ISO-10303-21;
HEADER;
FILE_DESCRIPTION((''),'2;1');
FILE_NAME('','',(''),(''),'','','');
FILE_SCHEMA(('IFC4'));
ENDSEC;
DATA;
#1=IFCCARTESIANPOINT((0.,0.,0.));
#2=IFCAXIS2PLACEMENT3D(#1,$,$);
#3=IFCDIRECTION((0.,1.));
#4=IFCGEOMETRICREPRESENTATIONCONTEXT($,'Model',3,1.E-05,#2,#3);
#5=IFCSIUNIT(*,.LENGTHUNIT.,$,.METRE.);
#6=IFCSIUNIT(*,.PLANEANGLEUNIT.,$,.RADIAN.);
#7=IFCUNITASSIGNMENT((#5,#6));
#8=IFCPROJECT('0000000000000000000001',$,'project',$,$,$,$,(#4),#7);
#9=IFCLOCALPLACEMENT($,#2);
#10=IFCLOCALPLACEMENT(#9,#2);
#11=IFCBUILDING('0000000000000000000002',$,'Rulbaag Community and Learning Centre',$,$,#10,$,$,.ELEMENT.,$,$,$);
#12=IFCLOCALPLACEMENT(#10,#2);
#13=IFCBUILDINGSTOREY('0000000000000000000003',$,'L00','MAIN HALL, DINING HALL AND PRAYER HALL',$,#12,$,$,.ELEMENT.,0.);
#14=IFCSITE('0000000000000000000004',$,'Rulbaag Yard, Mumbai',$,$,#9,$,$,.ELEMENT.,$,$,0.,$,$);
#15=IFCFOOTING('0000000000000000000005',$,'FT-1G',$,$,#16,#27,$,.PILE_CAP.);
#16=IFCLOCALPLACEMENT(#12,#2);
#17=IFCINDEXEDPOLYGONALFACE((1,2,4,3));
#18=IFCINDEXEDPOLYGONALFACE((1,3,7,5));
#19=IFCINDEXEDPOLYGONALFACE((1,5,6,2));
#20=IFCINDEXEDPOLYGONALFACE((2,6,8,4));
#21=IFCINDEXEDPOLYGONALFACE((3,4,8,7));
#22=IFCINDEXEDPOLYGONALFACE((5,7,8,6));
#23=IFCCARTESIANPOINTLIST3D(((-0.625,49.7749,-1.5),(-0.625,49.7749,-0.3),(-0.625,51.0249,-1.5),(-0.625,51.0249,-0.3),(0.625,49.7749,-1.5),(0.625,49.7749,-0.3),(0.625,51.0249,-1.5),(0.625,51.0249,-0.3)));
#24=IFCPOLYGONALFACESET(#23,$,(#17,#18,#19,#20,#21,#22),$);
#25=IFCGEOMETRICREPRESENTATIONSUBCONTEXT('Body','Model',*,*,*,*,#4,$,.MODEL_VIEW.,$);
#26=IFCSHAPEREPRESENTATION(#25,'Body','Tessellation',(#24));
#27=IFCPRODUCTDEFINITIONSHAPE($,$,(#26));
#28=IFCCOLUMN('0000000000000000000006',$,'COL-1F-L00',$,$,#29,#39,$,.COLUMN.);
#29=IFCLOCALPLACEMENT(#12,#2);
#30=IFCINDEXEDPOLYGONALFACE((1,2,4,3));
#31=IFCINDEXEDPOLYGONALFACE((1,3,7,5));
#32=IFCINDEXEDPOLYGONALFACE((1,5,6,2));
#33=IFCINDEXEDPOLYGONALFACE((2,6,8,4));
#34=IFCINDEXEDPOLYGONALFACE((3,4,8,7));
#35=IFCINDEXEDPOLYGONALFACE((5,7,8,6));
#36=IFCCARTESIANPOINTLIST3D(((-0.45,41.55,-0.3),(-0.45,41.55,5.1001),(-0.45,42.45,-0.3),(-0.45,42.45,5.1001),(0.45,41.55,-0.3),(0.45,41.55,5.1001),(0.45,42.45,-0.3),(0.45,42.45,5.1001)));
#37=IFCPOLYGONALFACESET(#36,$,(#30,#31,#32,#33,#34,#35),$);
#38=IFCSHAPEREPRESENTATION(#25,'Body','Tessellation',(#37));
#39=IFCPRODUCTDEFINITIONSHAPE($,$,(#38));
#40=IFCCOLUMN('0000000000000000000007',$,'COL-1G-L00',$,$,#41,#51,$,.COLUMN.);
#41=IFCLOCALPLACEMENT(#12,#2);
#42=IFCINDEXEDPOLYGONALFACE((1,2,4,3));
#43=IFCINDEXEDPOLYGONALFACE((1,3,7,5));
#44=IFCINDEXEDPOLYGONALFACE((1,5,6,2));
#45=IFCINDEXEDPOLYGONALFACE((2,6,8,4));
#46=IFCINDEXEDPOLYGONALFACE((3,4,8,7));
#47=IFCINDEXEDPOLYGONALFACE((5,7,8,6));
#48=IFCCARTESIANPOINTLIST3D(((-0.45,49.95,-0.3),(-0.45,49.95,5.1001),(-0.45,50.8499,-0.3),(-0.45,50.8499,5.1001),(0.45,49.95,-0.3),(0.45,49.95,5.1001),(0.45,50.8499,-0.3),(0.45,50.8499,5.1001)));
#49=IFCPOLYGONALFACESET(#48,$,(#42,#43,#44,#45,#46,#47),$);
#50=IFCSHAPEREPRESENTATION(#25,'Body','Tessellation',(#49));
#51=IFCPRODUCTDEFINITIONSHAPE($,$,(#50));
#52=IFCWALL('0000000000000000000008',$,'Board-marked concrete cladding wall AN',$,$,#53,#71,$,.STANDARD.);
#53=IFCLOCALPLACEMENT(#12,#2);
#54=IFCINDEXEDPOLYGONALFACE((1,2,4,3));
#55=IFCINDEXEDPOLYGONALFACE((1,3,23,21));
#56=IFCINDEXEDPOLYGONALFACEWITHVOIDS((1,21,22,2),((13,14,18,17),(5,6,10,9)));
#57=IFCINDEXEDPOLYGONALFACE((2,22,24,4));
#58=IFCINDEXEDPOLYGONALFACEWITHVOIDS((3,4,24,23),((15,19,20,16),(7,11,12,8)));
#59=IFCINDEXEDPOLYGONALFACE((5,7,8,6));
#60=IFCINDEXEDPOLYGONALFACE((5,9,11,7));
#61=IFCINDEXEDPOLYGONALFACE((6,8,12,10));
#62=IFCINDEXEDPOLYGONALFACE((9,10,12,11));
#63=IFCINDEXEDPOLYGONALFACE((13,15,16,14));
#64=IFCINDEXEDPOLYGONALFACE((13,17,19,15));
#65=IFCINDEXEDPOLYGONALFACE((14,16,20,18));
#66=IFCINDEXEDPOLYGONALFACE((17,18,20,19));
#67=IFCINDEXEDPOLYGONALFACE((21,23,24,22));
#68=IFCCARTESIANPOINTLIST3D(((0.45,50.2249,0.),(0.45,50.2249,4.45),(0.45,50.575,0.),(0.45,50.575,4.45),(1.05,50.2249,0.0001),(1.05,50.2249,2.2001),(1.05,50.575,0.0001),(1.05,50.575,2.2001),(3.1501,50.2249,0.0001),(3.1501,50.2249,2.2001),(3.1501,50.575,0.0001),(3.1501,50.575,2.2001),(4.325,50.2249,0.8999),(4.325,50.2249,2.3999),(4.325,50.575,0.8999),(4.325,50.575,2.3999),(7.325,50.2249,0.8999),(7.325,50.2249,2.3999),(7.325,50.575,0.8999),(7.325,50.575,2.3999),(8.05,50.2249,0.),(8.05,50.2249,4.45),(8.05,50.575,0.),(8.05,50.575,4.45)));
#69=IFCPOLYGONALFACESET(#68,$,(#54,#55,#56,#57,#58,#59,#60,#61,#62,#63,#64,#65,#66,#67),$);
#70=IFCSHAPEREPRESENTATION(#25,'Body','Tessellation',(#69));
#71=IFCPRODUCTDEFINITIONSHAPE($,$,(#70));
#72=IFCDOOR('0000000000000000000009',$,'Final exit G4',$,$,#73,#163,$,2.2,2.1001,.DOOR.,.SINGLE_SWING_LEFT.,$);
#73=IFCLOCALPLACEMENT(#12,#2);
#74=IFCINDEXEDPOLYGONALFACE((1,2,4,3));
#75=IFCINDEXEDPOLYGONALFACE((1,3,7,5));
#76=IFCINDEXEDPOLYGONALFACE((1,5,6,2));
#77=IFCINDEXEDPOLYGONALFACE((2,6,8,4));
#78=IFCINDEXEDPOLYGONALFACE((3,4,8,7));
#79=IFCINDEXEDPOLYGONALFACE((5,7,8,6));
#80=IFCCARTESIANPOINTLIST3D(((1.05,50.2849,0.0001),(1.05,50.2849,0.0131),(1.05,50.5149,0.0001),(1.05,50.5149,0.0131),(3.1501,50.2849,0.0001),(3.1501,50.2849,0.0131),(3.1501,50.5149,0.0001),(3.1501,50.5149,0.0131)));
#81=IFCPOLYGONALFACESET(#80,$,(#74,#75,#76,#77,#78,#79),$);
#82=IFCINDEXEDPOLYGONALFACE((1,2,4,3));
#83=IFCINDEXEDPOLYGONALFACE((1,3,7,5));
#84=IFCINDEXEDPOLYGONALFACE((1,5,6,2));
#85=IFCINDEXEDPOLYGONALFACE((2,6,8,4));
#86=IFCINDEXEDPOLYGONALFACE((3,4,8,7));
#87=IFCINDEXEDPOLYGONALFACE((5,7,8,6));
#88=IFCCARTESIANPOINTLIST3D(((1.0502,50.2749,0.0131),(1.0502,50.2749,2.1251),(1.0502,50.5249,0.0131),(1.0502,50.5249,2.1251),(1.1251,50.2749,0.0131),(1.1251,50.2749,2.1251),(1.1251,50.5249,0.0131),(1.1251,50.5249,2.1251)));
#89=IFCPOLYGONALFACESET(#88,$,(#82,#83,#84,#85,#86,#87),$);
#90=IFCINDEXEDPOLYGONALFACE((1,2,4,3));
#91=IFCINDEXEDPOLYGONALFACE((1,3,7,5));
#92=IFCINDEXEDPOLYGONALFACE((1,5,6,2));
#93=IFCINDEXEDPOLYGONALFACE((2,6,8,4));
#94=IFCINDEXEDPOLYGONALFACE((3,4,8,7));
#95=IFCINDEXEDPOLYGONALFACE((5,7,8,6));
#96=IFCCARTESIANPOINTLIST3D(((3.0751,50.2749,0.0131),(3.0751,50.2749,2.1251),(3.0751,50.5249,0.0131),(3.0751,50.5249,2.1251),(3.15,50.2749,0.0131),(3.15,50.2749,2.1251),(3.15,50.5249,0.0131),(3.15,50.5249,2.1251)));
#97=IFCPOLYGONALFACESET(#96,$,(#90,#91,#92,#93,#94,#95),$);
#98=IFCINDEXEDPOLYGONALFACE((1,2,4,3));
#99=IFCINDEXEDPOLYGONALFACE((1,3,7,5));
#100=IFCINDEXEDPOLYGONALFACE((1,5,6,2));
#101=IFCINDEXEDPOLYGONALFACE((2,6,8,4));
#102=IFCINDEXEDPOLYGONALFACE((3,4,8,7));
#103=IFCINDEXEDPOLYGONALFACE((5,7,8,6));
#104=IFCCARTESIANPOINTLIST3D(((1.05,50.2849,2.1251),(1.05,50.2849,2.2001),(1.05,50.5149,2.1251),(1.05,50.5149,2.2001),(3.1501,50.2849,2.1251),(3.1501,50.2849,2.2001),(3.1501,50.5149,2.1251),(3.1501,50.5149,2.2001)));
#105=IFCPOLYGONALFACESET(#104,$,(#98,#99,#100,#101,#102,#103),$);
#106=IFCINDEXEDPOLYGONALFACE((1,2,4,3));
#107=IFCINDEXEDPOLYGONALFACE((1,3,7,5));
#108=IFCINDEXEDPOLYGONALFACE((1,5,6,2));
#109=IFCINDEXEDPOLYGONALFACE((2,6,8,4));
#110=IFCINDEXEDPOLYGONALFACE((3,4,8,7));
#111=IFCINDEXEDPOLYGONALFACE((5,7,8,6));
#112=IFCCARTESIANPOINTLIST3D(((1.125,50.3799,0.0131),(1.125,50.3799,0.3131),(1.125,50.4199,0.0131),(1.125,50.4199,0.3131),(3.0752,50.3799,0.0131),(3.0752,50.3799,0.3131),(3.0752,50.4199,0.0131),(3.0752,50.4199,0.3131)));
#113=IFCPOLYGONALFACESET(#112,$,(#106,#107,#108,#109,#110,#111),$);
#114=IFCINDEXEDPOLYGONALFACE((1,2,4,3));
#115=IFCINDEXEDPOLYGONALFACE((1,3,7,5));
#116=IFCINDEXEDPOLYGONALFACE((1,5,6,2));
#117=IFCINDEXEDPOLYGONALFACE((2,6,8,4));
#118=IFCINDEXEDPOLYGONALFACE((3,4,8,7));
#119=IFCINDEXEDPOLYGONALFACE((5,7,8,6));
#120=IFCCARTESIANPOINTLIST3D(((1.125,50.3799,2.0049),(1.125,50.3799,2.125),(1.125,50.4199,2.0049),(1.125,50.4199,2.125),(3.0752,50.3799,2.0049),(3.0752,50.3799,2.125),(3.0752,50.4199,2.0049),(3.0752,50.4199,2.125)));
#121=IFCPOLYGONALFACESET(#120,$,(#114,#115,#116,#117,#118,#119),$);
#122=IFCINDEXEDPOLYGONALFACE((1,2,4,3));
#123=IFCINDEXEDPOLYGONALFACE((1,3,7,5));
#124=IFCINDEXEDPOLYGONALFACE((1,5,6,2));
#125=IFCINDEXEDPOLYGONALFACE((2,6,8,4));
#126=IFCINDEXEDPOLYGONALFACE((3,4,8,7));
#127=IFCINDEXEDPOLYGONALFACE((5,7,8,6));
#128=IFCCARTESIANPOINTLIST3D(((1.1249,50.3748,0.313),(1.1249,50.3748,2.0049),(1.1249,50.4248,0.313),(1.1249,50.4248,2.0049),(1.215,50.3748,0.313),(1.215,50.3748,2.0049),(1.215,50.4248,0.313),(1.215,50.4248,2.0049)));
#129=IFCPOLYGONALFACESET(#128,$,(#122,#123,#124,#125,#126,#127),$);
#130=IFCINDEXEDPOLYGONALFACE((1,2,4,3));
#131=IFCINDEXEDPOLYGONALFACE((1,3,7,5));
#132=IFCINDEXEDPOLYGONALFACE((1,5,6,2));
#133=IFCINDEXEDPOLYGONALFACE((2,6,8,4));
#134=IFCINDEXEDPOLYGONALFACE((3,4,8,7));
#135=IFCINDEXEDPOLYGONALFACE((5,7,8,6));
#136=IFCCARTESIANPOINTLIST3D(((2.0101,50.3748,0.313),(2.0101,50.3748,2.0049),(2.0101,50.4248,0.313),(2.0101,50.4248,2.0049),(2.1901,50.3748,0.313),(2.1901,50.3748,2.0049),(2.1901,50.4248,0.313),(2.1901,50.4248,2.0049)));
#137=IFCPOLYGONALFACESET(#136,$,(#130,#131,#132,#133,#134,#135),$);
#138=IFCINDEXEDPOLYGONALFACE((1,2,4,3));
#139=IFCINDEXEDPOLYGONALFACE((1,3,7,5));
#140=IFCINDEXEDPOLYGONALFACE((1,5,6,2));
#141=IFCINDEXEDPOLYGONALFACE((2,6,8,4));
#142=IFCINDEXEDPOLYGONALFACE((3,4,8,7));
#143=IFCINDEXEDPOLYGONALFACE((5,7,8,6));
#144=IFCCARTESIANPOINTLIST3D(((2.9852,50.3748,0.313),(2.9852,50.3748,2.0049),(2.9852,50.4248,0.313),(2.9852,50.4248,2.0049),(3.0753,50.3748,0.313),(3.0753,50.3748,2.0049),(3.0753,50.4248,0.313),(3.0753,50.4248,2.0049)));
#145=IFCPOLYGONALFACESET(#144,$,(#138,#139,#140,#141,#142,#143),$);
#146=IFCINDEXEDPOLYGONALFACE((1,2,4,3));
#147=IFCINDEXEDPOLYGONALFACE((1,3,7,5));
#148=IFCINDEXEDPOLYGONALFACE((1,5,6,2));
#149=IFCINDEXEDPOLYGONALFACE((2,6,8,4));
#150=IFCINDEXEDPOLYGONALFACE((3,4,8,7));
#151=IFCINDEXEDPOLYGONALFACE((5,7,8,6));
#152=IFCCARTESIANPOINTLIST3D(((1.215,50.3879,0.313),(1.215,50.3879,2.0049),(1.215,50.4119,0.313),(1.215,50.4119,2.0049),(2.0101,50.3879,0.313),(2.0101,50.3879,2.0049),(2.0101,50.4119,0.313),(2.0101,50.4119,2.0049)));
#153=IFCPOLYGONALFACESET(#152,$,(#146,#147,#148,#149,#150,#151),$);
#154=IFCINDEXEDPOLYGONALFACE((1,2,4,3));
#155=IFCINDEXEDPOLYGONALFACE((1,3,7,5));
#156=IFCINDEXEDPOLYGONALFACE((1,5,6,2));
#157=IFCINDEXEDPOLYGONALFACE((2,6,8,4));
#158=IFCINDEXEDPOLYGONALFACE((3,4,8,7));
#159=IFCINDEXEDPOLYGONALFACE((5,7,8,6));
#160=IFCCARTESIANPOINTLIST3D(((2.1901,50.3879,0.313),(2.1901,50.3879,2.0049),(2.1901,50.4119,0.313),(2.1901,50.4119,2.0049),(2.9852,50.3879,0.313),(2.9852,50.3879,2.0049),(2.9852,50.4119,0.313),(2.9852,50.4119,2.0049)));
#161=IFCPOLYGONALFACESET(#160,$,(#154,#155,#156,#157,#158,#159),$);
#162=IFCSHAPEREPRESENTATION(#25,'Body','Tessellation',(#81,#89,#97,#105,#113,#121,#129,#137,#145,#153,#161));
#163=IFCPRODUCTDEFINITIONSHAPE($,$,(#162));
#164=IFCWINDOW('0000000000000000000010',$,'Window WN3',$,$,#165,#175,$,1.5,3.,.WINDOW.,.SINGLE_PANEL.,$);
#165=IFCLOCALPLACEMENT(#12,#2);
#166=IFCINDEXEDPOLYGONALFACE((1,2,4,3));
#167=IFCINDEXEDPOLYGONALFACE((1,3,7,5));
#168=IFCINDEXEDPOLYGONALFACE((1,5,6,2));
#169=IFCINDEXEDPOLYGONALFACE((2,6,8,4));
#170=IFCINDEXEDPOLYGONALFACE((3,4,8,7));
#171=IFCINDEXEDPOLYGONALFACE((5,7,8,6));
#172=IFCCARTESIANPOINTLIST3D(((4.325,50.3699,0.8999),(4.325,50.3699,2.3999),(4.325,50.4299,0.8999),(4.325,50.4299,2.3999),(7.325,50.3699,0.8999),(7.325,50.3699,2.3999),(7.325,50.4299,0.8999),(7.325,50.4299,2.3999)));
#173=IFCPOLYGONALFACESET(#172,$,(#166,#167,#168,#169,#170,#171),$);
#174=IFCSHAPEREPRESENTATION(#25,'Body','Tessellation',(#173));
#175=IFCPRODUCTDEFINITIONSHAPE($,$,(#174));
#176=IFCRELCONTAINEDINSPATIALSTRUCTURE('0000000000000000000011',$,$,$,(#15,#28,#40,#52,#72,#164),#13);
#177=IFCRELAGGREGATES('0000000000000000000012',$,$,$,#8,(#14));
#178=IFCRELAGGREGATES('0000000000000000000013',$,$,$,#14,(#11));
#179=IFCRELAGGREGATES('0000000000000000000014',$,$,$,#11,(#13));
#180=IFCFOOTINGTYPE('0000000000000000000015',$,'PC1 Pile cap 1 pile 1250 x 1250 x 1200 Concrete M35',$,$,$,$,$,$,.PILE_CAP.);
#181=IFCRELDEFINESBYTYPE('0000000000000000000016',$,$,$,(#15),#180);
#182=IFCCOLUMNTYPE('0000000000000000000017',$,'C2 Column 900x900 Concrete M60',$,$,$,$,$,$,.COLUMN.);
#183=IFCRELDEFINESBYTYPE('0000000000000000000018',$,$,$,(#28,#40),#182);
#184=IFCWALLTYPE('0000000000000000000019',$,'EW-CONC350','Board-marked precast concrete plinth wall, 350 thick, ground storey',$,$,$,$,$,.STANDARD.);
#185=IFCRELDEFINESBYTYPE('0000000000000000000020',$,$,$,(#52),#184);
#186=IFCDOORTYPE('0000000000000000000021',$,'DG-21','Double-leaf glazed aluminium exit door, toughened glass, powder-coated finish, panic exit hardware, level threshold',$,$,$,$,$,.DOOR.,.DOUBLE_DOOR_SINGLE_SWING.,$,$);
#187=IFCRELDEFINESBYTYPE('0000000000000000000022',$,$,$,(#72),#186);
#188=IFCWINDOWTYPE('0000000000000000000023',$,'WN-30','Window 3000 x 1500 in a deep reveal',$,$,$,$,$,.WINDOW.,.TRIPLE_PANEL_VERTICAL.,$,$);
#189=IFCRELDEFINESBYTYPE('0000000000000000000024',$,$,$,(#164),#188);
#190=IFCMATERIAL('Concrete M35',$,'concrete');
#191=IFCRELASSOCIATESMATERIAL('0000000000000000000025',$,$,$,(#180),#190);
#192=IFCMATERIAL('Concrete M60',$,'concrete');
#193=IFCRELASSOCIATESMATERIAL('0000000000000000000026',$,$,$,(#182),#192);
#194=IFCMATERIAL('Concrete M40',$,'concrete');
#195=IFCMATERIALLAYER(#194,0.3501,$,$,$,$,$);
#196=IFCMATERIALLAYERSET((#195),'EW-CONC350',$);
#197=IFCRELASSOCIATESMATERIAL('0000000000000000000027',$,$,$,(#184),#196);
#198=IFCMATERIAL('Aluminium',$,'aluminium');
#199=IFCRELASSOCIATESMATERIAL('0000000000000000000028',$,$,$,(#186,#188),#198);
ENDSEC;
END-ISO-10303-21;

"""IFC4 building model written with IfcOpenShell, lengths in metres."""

from ifc_helpers import new_model, si_unit, direction, frame, frame_2d, origin, origin_2d, place, context, subcontext, project, spatial, rectangle, extrude, material, layer, layer_set, material_profile, profile_set, type_object, element, fill, save


model = new_model("IFC4")

# Units and contexts
model_context = context("Model", 3, precision=1e-05, world=origin(), true_north=direction((0.0, 1.0)))
body_context = subcontext(model_context, "Body", "Model", "MODEL_VIEW")
ifc_project = project(units=[si_unit("LENGTHUNIT", "METRE"), si_unit("PLANEANGLEUNIT", "RADIAN")], contexts=[model_context])

# Site, building, storey
site_placement = place(None, origin())
site = spatial("IfcSite", under=ifc_project, at=site_placement, Name="Rulbaag Yard, Mumbai", CompositionType="ELEMENT", RefElevation=0.0)
building_placement = place(site_placement, origin())
building = spatial("IfcBuilding", under=site, at=building_placement, Name="Rulbaag Community and Learning Centre", CompositionType="ELEMENT")
storey_placement = place(building_placement, origin())
storey = spatial("IfcBuildingStorey", under=building, at=storey_placement, Name="L00", Description="MAIN HALL, DINING HALL AND PRAYER HALL", CompositionType="ELEMENT", Elevation=0.0)

# Shared definitions
ifc_material_1 = material(Name="Concrete M35", Category="concrete")

# Footing
footing_type_1 = type_object("IfcFootingType", Name="PC1 Pile cap 1 pile 1250 x 1250 x 1200 Concrete M35", PredefinedType="PILE_CAP", material=ifc_material_1)
for number, where, z_axis, x_axis, name in (
    (1, (0.0, 50.3999, -1.5), (0.0, 0.0, 1.0), (1.0, 0.0, 0.0), "FT-1G"),
):
    element("IfcFooting", number, at=place(storey_placement, frame(where, z_axis=z_axis, x_axis=x_axis)), inside=storey, type_object=footing_type_1, Name=name, PredefinedType="PILE_CAP", context=body_context, shape_type="SweptSolid", body=[
        extrude(rectangle(XDim=1.25, YDim=1.25, at=origin_2d()), origin(), (0.0, 0.0, 1.0), 1.2),
    ])

# Columns
ifc_material_2 = material(Name="Concrete M60", Category="concrete")
ifc_material_profile_1 = material_profile(ifc_material_2, rectangle(XDim=0.8999, YDim=0.8999, at=origin_2d()), Name="RC900x900")
ifc_profile_set_1 = profile_set([ifc_material_profile_1], Name="Concrete M60")
column_type = type_object("IfcColumnType", Name="C2 Column 900x900 Concrete M60", PredefinedType="COLUMN", material=ifc_profile_set_1)
for number, where, z_axis, x_axis, name in (
    (2, (0.0, 42.0, -0.3), (0.0, 0.0, 1.0), (1.0, 0.0, 0.0), "COL-1F-L00"),
    (3, (0.0, 50.3999, -0.3), (0.0, 0.0, 1.0), (1.0, 0.0, 0.0), "COL-1G-L00"),
):
    element("IfcColumn", number, at=place(storey_placement, frame(where, z_axis=z_axis, x_axis=x_axis)), inside=storey, type_object=column_type, Name=name, PredefinedType="COLUMN", context=body_context, shape_type="SweptSolid", body=[
        extrude(rectangle(XDim=0.8999, YDim=0.8999, at=origin_2d()), origin(), (0.0, 0.0, 1.0), 5.4001),
    ])

# Wall, openings, door, window
ifc_material_3 = material(Name="Concrete M40", Category="concrete")
ifc_layer_1 = layer(ifc_material_3, 0.3501)
ifc_layer_set_1 = layer_set([ifc_layer_1], Name="EW-CONC350")
wall_type_1 = type_object("IfcWallType", Name="EW-CONC350", Description="Board-marked precast concrete plinth wall, 350 thick, ground storey", PredefinedType="STANDARD", material=ifc_layer_set_1)
wall_1_placement = place(storey_placement, frame((0.45, 50.3999, 0.0), z_axis=(0.0, 0.0, 1.0), x_axis=(1.0, 0.0, 0.0)))
wall_1 = element("IfcWall", 4, at=wall_1_placement, inside=storey, type_object=wall_type_1, Name="Board-marked concrete cladding wall AN", PredefinedType="STANDARD", context=body_context, shape_type="SweptSolid", body=[
    extrude(rectangle(XDim=7.6001, YDim=0.3501, at=frame_2d((3.8, 0.0))), origin(), (0.0, 0.0, 1.0), 4.45),
])
opening_1_placement = place(wall_1_placement, frame((0.6001, 0.0, 0.0)))
opening_1 = element("IfcOpeningElement", 5, at=opening_1_placement, cuts=wall_1, PredefinedType="OPENING", context=body_context, shape_type="SweptSolid", body=[
    extrude(rectangle(XDim=2.1001, YDim=2.2, at=frame_2d((1.05, 1.1001))), frame((0.0, 0.1851, 0.0), z_axis=(0.0, -1.0, 0.0), x_axis=(1.0, 0.0, 0.0)), (0.0, 0.0, 1.0), 0.3701),
])
opening_2_placement = place(wall_1_placement, frame((3.875, 0.0, 0.8999)))
opening_2 = element("IfcOpeningElement", 6, at=opening_2_placement, cuts=wall_1, PredefinedType="OPENING", context=body_context, shape_type="SweptSolid", body=[
    extrude(rectangle(XDim=3.0, YDim=1.5, at=frame_2d((1.5, 0.75))), frame((0.0, 0.1851, 0.0), z_axis=(0.0, -1.0, 0.0), x_axis=(1.0, 0.0, 0.0)), (0.0, 0.0, 1.0), 0.3701),
])
ifc_material_4 = material(Name="Aluminium", Category="aluminium")
door_type_1 = type_object("IfcDoorType", Name="DG-21", Description="Double-leaf glazed aluminium exit door, toughened glass, powder-coated finish, panic exit hardware, level threshold", OperationType="DOUBLE_DOOR_SINGLE_SWING", PredefinedType="DOOR", material=ifc_material_4)
door_1_placement = place(opening_1_placement, origin())
door_1 = element("IfcDoor", 7, at=door_1_placement, inside=storey, type_object=door_type_1, Name="Final exit G4", OperationType="SINGLE_SWING_LEFT", OverallHeight=2.2, OverallWidth=2.1001, PredefinedType="DOOR", context=body_context, shape_type="SweptSolid", body=[
    extrude(rectangle(XDim=2.1001, YDim=0.0129, at=frame_2d((1.05, 0.0066))), frame((0.0, 0.115, 0.0), z_axis=(0.0, -1.0, 0.0), x_axis=(1.0, 0.0, 0.0)), (0.0, 0.0, 1.0), 0.23),
    extrude(rectangle(XDim=0.075, YDim=2.1121, at=frame_2d((0.0376, 1.0691))), frame((0.0, 0.125, 0.0), z_axis=(0.0, -1.0, 0.0), x_axis=(1.0, 0.0, 0.0)), (0.0, 0.0, 1.0), 0.25),
    extrude(rectangle(XDim=0.075, YDim=2.1121, at=frame_2d((2.0625, 1.0691))), frame((0.0, 0.125, 0.0), z_axis=(0.0, -1.0, 0.0), x_axis=(1.0, 0.0, 0.0)), (0.0, 0.0, 1.0), 0.25),
    extrude(rectangle(XDim=2.1001, YDim=0.075, at=frame_2d((1.05, 2.1626))), frame((0.0, 0.115, 0.0), z_axis=(0.0, -1.0, 0.0), x_axis=(1.0, 0.0, 0.0)), (0.0, 0.0, 1.0), 0.23),
    extrude(rectangle(XDim=1.9502, YDim=0.3, at=frame_2d((1.05, 0.1631))), frame((0.0, 0.02, 0.0), z_axis=(0.0, -1.0, 0.0), x_axis=(1.0, 0.0, 0.0)), (0.0, 0.0, 1.0), 0.04),
    extrude(rectangle(XDim=1.9502, YDim=0.1201, at=frame_2d((1.05, 2.0649))), frame((0.0, 0.02, 0.0), z_axis=(0.0, -1.0, 0.0), x_axis=(1.0, 0.0, 0.0)), (0.0, 0.0, 1.0), 0.04),
    extrude(rectangle(XDim=0.0901, YDim=1.6919, at=frame_2d((0.1199, 1.1589))), frame((0.0, 0.0249, 0.0), z_axis=(0.0, -1.0, 0.0), x_axis=(1.0, 0.0, 0.0)), (0.0, 0.0, 1.0), 0.05),
    extrude(rectangle(XDim=0.1799, YDim=1.6919, at=frame_2d((1.05, 1.1589))), frame((0.0, 0.0249, 0.0), z_axis=(0.0, -1.0, 0.0), x_axis=(1.0, 0.0, 0.0)), (0.0, 0.0, 1.0), 0.05),
    extrude(rectangle(XDim=0.0901, YDim=1.6919, at=frame_2d((1.9802, 1.1589))), frame((0.0, 0.0249, 0.0), z_axis=(0.0, -1.0, 0.0), x_axis=(1.0, 0.0, 0.0)), (0.0, 0.0, 1.0), 0.05),
    extrude(rectangle(XDim=0.7952, YDim=1.6919, at=frame_2d((0.5625, 1.1589))), frame((0.0, 0.012, 0.0), z_axis=(0.0, -1.0, 0.0), x_axis=(1.0, 0.0, 0.0)), (0.0, 0.0, 1.0), 0.0239),
    extrude(rectangle(XDim=0.7952, YDim=1.6919, at=frame_2d((1.5376, 1.1589))), frame((0.0, 0.012, 0.0), z_axis=(0.0, -1.0, 0.0), x_axis=(1.0, 0.0, 0.0)), (0.0, 0.0, 1.0), 0.0239),
])
fill(opening_1, door_1)
window_type_1 = type_object("IfcWindowType", Name="WN-30", Description="Window 3000 x 1500 in a deep reveal", PartitioningType="TRIPLE_PANEL_VERTICAL", PredefinedType="WINDOW", material=ifc_material_4)
window_1_placement = place(opening_2_placement, origin())
window_1 = element("IfcWindow", 8, at=window_1_placement, inside=storey, type_object=window_type_1, Name="Window WN3", OverallHeight=1.5, OverallWidth=3.0, PartitioningType="SINGLE_PANEL", PredefinedType="WINDOW", context=body_context, shape_type="SweptSolid", body=[
    extrude(rectangle(XDim=3.0, YDim=1.5, at=frame_2d((1.5, 0.75))), frame((0.0, 0.03, 0.0), z_axis=(0.0, -1.0, 0.0), x_axis=(1.0, 0.0, 0.0)), (0.0, 0.0, 1.0), 0.0601),
])
fill(opening_2, window_1)

save(model, "model.ifc")
